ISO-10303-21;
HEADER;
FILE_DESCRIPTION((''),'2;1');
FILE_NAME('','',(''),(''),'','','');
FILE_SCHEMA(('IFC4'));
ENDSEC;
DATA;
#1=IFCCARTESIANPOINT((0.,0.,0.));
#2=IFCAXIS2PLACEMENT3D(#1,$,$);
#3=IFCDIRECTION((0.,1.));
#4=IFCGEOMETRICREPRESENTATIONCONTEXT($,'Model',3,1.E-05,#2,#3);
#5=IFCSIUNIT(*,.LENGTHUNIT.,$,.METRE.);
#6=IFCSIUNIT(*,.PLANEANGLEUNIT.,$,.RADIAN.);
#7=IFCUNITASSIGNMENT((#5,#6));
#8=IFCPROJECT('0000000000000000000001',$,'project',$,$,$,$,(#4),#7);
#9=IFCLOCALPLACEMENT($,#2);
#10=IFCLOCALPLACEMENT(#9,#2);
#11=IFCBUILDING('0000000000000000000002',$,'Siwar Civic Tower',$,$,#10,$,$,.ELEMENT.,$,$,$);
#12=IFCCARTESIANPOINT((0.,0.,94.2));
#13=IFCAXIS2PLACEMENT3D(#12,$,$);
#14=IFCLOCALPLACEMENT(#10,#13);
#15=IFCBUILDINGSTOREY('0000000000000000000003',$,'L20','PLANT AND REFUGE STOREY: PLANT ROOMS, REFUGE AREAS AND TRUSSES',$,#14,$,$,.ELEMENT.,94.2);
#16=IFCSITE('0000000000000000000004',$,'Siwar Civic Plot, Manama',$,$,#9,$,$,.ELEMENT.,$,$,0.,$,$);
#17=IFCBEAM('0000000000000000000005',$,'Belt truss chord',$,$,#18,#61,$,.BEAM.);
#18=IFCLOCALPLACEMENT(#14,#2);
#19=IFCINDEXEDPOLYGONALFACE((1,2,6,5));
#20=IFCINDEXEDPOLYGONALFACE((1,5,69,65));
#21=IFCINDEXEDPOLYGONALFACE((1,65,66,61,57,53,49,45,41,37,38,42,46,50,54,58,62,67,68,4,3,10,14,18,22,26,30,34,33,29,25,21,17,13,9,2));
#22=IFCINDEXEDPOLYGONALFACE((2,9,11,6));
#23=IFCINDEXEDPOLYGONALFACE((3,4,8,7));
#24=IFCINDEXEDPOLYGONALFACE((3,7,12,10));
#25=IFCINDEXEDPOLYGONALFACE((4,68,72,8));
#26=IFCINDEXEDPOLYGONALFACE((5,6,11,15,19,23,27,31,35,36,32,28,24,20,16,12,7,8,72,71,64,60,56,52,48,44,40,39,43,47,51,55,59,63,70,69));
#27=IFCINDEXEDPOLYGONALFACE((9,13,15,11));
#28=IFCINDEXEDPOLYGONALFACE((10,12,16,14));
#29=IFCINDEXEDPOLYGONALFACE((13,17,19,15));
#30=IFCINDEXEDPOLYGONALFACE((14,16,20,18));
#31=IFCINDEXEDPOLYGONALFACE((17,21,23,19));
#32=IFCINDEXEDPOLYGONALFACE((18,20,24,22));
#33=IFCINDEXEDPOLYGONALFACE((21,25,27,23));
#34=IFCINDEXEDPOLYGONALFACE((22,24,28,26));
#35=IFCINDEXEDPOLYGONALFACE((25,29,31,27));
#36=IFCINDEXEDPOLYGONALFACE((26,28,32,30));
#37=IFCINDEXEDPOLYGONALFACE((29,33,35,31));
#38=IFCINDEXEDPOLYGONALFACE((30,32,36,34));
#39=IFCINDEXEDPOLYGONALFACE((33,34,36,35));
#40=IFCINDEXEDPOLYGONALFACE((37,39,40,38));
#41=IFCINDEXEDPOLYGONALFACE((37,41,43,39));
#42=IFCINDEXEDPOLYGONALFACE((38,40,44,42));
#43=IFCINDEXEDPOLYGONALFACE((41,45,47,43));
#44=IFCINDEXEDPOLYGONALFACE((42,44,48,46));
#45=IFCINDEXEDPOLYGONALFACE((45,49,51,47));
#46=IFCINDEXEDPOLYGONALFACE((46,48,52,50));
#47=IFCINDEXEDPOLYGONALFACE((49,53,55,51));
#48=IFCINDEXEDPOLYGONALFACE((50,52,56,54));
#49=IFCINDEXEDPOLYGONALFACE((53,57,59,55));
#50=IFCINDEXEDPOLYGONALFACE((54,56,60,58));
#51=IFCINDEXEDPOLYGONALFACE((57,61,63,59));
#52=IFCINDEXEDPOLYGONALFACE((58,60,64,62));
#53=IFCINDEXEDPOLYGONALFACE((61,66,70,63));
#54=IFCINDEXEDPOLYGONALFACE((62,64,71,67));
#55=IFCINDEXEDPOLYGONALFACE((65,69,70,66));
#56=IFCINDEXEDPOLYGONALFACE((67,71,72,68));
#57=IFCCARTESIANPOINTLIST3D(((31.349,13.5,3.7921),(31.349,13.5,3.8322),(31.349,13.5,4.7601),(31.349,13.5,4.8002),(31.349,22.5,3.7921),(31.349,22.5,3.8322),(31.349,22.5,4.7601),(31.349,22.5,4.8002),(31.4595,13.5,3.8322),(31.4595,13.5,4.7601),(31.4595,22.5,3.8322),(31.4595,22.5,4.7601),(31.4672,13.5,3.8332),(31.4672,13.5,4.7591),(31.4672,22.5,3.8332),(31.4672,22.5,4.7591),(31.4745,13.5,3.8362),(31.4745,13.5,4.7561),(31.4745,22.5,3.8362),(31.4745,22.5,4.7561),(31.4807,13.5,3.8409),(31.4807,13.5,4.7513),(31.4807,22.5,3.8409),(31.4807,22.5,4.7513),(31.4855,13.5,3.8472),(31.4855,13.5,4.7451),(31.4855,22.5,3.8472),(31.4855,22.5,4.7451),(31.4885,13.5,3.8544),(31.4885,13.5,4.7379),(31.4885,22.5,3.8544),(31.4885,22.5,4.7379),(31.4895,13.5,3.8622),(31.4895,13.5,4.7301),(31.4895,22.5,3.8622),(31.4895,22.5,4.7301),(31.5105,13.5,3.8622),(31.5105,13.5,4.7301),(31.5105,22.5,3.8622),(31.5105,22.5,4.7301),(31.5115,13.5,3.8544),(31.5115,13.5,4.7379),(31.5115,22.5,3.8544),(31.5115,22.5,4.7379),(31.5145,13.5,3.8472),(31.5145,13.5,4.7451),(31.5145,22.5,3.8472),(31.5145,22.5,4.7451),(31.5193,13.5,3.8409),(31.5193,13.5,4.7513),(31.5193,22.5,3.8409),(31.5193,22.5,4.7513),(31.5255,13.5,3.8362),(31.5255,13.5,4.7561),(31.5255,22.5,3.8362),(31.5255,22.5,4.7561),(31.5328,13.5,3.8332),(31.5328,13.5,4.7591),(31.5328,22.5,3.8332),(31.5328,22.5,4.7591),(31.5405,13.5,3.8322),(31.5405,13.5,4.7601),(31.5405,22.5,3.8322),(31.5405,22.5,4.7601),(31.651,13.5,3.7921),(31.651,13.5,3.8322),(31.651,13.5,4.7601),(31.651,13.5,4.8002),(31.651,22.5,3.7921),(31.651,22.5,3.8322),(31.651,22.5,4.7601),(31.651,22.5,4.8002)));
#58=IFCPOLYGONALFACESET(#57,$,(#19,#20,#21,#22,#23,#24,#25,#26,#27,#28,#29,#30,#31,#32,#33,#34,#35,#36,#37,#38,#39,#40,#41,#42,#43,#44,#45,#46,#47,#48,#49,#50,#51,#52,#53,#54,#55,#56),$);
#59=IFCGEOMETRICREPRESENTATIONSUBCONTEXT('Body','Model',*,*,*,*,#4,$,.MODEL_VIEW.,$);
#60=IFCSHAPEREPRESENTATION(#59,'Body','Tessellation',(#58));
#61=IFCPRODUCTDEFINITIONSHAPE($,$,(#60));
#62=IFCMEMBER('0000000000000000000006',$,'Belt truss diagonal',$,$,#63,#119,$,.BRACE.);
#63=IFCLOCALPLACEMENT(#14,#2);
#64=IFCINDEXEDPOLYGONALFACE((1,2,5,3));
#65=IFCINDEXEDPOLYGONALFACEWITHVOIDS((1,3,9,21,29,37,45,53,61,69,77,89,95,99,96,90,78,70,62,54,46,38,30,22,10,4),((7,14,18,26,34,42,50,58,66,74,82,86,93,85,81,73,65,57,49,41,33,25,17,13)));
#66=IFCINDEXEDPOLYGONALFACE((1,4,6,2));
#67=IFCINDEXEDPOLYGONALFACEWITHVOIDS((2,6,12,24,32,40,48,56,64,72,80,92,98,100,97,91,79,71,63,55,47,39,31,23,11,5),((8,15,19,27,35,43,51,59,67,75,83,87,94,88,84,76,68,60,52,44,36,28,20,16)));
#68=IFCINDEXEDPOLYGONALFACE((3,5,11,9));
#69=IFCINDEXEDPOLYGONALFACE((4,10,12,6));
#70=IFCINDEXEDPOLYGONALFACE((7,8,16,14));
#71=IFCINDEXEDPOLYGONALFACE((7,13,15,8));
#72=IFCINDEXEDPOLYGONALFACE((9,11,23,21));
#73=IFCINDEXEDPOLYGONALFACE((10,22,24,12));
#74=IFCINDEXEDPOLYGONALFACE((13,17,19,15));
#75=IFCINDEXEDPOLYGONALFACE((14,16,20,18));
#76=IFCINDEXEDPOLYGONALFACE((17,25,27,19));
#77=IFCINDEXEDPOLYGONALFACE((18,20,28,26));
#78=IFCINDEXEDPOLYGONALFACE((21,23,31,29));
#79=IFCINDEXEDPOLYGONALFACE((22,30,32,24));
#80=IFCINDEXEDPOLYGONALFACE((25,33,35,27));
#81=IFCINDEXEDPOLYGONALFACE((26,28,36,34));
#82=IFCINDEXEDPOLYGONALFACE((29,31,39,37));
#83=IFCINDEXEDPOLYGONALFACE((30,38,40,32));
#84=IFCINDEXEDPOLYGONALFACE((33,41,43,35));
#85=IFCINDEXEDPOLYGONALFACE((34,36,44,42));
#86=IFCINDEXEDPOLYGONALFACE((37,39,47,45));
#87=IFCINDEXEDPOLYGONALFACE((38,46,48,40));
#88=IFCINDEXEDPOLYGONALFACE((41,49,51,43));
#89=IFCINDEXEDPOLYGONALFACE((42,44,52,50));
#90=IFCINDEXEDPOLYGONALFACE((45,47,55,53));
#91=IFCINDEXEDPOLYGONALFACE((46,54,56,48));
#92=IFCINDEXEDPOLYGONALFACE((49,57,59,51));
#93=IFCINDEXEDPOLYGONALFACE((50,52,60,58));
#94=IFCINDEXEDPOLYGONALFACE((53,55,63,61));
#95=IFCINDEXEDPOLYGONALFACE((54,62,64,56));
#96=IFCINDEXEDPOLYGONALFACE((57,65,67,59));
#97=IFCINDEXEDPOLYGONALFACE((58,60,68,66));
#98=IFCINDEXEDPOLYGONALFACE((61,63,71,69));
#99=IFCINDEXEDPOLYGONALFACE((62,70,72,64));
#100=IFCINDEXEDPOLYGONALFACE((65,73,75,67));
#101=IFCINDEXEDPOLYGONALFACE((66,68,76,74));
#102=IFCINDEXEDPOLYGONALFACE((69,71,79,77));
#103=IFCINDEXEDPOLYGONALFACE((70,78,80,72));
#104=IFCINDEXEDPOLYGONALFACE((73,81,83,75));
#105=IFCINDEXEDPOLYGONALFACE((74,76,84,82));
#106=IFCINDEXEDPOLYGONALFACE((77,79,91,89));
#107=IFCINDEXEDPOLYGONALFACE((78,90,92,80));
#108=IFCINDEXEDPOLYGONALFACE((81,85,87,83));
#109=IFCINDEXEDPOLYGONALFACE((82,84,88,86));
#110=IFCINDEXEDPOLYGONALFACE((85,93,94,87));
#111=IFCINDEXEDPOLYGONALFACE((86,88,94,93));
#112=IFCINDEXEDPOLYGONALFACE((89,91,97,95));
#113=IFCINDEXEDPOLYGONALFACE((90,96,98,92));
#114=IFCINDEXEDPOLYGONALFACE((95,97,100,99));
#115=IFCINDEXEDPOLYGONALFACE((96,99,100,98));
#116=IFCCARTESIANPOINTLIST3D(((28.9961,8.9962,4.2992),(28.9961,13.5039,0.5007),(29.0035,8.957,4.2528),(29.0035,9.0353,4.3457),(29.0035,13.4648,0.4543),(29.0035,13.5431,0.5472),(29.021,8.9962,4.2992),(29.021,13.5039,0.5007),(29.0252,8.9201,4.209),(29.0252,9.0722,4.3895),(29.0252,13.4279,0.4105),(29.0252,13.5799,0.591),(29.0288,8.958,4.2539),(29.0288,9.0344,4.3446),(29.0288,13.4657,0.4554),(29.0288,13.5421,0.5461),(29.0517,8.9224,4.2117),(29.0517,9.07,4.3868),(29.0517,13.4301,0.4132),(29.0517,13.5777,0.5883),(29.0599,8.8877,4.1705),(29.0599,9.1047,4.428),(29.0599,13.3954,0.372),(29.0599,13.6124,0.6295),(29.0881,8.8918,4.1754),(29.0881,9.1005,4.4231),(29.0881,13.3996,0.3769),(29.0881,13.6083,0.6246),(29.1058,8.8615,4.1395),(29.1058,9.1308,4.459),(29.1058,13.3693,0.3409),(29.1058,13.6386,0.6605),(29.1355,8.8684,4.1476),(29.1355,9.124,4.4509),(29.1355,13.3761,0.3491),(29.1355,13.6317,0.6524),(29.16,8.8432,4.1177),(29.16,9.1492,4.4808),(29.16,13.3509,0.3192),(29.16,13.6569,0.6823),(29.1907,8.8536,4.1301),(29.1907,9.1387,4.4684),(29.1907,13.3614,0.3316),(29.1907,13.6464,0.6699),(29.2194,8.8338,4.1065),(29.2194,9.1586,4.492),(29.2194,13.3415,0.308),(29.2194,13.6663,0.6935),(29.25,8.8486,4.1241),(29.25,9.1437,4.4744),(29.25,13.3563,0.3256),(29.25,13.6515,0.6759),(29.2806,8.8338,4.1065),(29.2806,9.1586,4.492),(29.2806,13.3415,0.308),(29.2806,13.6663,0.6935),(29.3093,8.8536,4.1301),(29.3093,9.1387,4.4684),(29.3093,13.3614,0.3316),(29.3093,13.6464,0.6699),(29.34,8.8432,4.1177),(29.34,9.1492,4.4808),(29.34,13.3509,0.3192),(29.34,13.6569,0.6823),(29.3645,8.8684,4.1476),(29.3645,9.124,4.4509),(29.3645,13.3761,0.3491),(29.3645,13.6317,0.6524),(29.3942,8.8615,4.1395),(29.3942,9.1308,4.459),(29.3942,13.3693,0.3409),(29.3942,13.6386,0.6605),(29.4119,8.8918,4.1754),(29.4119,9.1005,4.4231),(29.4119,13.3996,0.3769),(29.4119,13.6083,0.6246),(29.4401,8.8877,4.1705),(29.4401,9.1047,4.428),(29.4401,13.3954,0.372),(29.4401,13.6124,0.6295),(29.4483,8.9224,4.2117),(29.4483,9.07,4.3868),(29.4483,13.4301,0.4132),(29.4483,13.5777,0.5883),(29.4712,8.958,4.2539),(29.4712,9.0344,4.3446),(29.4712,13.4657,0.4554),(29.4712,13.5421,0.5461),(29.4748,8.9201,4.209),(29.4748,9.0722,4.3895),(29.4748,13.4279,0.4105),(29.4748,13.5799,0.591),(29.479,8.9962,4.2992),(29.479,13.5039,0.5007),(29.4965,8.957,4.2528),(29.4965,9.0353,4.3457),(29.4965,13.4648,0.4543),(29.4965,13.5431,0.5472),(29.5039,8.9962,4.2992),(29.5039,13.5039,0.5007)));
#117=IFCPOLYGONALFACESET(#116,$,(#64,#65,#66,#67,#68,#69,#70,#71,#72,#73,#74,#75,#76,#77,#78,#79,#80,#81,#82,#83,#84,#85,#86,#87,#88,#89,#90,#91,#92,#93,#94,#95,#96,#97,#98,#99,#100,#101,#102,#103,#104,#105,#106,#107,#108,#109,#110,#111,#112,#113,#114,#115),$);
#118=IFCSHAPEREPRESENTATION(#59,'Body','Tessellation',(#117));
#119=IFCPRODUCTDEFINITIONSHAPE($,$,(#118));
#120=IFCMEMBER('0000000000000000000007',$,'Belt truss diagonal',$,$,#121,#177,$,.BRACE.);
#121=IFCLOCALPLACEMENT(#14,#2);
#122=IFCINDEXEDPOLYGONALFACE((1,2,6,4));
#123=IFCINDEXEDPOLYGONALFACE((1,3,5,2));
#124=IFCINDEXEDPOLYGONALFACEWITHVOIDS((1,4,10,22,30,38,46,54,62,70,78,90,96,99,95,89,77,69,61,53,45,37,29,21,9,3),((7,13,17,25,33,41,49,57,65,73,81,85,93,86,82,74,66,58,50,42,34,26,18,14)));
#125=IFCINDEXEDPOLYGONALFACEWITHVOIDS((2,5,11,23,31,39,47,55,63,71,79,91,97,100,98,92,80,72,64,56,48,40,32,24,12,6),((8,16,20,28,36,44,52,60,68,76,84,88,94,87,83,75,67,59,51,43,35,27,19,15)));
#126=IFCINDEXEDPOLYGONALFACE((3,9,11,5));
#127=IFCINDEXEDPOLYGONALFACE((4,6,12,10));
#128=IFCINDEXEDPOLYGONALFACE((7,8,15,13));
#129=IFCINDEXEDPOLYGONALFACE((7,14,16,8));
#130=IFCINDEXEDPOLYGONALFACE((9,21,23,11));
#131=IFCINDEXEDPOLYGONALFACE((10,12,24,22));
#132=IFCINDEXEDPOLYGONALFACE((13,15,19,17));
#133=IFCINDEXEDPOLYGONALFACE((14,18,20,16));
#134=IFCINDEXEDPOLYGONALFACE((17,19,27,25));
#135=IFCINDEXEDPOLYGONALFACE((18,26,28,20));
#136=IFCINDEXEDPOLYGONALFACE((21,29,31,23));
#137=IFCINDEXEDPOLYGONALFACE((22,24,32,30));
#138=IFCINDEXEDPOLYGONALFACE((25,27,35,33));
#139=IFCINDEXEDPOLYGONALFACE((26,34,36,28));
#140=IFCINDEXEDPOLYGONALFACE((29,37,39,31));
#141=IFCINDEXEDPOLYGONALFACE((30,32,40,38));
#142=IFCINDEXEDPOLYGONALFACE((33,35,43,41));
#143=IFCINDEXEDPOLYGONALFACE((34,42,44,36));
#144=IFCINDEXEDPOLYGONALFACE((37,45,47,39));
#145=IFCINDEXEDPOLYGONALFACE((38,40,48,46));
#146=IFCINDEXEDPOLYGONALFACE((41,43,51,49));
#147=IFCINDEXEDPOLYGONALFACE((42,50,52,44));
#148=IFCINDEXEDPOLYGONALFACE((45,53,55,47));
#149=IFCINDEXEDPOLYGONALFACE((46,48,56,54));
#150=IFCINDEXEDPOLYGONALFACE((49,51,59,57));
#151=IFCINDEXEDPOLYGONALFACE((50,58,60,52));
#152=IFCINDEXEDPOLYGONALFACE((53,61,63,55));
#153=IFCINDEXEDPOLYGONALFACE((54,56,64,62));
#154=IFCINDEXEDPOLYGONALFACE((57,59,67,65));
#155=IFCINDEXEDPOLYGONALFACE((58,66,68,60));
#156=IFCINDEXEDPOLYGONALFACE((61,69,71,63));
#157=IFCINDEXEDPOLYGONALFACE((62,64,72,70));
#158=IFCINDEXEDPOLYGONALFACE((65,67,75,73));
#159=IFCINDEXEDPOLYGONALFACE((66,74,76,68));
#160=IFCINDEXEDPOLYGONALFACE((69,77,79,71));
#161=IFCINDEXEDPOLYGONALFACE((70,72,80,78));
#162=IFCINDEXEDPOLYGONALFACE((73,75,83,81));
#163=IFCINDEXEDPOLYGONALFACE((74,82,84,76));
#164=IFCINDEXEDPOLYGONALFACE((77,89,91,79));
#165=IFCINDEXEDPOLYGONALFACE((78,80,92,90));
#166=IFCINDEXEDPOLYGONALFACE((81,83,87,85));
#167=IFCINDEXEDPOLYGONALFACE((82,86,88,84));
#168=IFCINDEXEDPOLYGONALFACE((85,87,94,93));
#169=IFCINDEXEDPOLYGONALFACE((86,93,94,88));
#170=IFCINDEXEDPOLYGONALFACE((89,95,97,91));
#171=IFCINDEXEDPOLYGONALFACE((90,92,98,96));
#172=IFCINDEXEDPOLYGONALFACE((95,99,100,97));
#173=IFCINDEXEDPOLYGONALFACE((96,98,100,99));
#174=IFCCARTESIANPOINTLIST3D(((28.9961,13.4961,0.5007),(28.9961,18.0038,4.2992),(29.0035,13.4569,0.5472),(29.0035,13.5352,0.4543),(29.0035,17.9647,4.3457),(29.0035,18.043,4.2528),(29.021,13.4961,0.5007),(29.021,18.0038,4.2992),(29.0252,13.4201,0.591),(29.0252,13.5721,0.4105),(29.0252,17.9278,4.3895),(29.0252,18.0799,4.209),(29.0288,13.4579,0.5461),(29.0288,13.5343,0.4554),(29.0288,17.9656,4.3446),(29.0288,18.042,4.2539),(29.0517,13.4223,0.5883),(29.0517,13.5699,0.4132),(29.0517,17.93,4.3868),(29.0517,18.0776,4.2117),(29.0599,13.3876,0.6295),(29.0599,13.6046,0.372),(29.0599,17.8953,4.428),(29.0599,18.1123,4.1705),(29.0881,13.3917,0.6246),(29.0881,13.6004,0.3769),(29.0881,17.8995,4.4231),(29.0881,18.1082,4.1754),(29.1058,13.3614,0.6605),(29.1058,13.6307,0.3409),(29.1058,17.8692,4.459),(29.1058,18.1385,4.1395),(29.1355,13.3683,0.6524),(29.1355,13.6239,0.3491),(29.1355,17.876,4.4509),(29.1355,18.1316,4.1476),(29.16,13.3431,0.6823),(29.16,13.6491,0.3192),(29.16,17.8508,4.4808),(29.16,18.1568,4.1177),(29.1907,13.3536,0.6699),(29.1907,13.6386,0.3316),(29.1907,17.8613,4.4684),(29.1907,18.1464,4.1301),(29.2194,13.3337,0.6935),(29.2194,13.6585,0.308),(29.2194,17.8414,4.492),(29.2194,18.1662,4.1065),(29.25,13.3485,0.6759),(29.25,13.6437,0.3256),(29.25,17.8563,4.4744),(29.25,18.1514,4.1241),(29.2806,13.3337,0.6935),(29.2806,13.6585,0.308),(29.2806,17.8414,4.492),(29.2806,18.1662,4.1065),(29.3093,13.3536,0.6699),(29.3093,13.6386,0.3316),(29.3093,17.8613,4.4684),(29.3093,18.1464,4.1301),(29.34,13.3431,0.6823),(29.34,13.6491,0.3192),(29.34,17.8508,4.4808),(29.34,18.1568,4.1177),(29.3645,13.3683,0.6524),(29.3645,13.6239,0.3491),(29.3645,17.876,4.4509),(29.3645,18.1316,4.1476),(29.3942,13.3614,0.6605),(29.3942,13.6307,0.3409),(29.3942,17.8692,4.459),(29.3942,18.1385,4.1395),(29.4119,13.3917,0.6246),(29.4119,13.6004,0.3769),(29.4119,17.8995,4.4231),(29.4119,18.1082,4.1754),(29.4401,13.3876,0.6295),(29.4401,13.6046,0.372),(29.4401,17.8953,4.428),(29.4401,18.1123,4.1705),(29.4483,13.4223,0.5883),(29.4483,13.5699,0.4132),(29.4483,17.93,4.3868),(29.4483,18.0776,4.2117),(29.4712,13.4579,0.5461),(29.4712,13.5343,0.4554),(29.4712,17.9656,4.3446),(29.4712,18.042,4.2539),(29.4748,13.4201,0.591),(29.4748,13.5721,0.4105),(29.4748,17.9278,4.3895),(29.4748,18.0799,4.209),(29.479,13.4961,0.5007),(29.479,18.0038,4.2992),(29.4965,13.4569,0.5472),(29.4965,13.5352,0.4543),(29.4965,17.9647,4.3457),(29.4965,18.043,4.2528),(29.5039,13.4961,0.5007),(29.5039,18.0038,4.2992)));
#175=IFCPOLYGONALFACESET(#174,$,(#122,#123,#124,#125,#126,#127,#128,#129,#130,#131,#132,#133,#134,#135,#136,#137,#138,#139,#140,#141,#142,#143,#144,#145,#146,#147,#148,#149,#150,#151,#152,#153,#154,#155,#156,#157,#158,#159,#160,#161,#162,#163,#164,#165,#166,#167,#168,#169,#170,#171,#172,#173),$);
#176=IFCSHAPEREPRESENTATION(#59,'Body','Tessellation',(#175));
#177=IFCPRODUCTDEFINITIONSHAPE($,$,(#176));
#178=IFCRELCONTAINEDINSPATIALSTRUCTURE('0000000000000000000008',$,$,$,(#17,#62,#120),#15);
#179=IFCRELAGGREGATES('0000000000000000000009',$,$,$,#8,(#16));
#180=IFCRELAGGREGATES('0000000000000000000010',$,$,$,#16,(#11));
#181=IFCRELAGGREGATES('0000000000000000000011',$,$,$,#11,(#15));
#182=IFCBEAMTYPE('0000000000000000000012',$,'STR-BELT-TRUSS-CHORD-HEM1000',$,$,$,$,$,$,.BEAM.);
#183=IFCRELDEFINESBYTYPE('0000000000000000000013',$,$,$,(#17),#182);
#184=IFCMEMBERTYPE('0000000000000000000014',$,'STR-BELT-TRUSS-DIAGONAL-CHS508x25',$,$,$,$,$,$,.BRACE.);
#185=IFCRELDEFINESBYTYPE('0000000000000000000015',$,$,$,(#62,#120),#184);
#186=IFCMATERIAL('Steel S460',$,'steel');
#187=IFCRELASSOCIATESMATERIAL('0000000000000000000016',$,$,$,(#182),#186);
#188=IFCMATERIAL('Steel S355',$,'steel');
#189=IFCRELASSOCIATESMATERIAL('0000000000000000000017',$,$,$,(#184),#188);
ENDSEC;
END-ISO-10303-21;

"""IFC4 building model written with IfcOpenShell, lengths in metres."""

from ifc_helpers import new_model, si_unit, direction, frame, origin, origin_2d, place, context, subcontext, project, spatial, hollow_circle, i_section, extrude, material, material_profile, profile_set, type_object, element, save


model = new_model("IFC4")

# Units and contexts
model_context = context("Model", 3, precision=1e-05, world=origin(), true_north=direction((0.0, 1.0)))
body_context = subcontext(model_context, "Body", "Model", "MODEL_VIEW")
ifc_project = project(units=[si_unit("LENGTHUNIT", "METRE"), si_unit("PLANEANGLEUNIT", "RADIAN")], contexts=[model_context])

# Site, building, storey
site_placement = place(None, origin())
site = spatial("IfcSite", under=ifc_project, at=site_placement, Name="Siwar Civic Plot, Manama", CompositionType="ELEMENT", RefElevation=0.0)
building_placement = place(site_placement, origin())
building = spatial("IfcBuilding", under=site, at=building_placement, Name="Siwar Civic Tower", CompositionType="ELEMENT")
storey_placement = place(building_placement, frame((0.0, 0.0, 94.2)))
storey = spatial("IfcBuildingStorey", under=building, at=storey_placement, Name="L20", Description="PLANT AND REFUGE STOREY: PLANT ROOMS, REFUGE AREAS AND TRUSSES", CompositionType="ELEMENT", Elevation=94.2)

# Beam
ifc_material_1 = material(Name="Steel S460", Category="steel")
ifc_material_profile_1 = material_profile(ifc_material_1, i_section(OverallWidth=0.302, OverallDepth=1.0081, WebThickness=0.021, FlangeThickness=0.04, FilletRadius=0.03, at=origin_2d()), Name="HEM1000")
ifc_profile_set_1 = profile_set([ifc_material_profile_1], Name="Steel S460")
beam_type_1 = type_object("IfcBeamType", Name="STR-BELT-TRUSS-CHORD-HEM1000", PredefinedType="BEAM", material=ifc_profile_set_1)
for number, where, z_axis, x_axis, name in (
    (1, (31.5, 13.5, 4.2961), (0.0, 1.0, 0.0), (-1.0, 0.0, 0.0), "Belt truss chord"),
):
    element("IfcBeam", number, at=place(storey_placement, frame(where, z_axis=z_axis, x_axis=x_axis)), inside=storey, type_object=beam_type_1, Name=name, PredefinedType="BEAM", context=body_context, shape_type="SweptSolid", body=[
        extrude(i_section(OverallWidth=0.302, OverallDepth=1.0081, WebThickness=0.021, FlangeThickness=0.04, FilletRadius=0.03, at=origin_2d()), origin(), (0.0, 0.0, 1.0), 9.0),
    ])

# Members
ifc_material_2 = material(Name="Steel S355", Category="steel")
ifc_material_profile_2 = material_profile(ifc_material_2, hollow_circle(Radius=0.2539, WallThickness=0.0249, at=origin_2d()), Name="CHS508x25")
ifc_profile_set_2 = profile_set([ifc_material_profile_2], Name="Steel S355")
member_type_1 = type_object("IfcMemberType", Name="STR-BELT-TRUSS-DIAGONAL-CHS508x25", PredefinedType="BRACE", material=ifc_profile_set_2)
for number, where, z_axis, x_axis, name in (
    (2, (29.25, 13.5039, 0.5007), (0.0, -0.7647, 0.644387), (1.0, 0.0, 0.0), "Belt truss diagonal"),
    (3, (29.25, 13.4961, 0.5007), (0.0, 0.7647, 0.644387), (-1.0, 0.0, 0.0), "Belt truss diagonal"),
):
    element("IfcMember", number, at=place(storey_placement, frame(where, z_axis=z_axis, x_axis=x_axis)), inside=storey, type_object=member_type_1, Name=name, PredefinedType="BRACE", context=body_context, shape_type="SweptSolid", body=[
        extrude(hollow_circle(Radius=0.2539, WallThickness=0.0249, at=origin_2d()), origin(), (0.0, 0.0, 1.0), 5.8948),
    ])

save(model, "model.ifc")
